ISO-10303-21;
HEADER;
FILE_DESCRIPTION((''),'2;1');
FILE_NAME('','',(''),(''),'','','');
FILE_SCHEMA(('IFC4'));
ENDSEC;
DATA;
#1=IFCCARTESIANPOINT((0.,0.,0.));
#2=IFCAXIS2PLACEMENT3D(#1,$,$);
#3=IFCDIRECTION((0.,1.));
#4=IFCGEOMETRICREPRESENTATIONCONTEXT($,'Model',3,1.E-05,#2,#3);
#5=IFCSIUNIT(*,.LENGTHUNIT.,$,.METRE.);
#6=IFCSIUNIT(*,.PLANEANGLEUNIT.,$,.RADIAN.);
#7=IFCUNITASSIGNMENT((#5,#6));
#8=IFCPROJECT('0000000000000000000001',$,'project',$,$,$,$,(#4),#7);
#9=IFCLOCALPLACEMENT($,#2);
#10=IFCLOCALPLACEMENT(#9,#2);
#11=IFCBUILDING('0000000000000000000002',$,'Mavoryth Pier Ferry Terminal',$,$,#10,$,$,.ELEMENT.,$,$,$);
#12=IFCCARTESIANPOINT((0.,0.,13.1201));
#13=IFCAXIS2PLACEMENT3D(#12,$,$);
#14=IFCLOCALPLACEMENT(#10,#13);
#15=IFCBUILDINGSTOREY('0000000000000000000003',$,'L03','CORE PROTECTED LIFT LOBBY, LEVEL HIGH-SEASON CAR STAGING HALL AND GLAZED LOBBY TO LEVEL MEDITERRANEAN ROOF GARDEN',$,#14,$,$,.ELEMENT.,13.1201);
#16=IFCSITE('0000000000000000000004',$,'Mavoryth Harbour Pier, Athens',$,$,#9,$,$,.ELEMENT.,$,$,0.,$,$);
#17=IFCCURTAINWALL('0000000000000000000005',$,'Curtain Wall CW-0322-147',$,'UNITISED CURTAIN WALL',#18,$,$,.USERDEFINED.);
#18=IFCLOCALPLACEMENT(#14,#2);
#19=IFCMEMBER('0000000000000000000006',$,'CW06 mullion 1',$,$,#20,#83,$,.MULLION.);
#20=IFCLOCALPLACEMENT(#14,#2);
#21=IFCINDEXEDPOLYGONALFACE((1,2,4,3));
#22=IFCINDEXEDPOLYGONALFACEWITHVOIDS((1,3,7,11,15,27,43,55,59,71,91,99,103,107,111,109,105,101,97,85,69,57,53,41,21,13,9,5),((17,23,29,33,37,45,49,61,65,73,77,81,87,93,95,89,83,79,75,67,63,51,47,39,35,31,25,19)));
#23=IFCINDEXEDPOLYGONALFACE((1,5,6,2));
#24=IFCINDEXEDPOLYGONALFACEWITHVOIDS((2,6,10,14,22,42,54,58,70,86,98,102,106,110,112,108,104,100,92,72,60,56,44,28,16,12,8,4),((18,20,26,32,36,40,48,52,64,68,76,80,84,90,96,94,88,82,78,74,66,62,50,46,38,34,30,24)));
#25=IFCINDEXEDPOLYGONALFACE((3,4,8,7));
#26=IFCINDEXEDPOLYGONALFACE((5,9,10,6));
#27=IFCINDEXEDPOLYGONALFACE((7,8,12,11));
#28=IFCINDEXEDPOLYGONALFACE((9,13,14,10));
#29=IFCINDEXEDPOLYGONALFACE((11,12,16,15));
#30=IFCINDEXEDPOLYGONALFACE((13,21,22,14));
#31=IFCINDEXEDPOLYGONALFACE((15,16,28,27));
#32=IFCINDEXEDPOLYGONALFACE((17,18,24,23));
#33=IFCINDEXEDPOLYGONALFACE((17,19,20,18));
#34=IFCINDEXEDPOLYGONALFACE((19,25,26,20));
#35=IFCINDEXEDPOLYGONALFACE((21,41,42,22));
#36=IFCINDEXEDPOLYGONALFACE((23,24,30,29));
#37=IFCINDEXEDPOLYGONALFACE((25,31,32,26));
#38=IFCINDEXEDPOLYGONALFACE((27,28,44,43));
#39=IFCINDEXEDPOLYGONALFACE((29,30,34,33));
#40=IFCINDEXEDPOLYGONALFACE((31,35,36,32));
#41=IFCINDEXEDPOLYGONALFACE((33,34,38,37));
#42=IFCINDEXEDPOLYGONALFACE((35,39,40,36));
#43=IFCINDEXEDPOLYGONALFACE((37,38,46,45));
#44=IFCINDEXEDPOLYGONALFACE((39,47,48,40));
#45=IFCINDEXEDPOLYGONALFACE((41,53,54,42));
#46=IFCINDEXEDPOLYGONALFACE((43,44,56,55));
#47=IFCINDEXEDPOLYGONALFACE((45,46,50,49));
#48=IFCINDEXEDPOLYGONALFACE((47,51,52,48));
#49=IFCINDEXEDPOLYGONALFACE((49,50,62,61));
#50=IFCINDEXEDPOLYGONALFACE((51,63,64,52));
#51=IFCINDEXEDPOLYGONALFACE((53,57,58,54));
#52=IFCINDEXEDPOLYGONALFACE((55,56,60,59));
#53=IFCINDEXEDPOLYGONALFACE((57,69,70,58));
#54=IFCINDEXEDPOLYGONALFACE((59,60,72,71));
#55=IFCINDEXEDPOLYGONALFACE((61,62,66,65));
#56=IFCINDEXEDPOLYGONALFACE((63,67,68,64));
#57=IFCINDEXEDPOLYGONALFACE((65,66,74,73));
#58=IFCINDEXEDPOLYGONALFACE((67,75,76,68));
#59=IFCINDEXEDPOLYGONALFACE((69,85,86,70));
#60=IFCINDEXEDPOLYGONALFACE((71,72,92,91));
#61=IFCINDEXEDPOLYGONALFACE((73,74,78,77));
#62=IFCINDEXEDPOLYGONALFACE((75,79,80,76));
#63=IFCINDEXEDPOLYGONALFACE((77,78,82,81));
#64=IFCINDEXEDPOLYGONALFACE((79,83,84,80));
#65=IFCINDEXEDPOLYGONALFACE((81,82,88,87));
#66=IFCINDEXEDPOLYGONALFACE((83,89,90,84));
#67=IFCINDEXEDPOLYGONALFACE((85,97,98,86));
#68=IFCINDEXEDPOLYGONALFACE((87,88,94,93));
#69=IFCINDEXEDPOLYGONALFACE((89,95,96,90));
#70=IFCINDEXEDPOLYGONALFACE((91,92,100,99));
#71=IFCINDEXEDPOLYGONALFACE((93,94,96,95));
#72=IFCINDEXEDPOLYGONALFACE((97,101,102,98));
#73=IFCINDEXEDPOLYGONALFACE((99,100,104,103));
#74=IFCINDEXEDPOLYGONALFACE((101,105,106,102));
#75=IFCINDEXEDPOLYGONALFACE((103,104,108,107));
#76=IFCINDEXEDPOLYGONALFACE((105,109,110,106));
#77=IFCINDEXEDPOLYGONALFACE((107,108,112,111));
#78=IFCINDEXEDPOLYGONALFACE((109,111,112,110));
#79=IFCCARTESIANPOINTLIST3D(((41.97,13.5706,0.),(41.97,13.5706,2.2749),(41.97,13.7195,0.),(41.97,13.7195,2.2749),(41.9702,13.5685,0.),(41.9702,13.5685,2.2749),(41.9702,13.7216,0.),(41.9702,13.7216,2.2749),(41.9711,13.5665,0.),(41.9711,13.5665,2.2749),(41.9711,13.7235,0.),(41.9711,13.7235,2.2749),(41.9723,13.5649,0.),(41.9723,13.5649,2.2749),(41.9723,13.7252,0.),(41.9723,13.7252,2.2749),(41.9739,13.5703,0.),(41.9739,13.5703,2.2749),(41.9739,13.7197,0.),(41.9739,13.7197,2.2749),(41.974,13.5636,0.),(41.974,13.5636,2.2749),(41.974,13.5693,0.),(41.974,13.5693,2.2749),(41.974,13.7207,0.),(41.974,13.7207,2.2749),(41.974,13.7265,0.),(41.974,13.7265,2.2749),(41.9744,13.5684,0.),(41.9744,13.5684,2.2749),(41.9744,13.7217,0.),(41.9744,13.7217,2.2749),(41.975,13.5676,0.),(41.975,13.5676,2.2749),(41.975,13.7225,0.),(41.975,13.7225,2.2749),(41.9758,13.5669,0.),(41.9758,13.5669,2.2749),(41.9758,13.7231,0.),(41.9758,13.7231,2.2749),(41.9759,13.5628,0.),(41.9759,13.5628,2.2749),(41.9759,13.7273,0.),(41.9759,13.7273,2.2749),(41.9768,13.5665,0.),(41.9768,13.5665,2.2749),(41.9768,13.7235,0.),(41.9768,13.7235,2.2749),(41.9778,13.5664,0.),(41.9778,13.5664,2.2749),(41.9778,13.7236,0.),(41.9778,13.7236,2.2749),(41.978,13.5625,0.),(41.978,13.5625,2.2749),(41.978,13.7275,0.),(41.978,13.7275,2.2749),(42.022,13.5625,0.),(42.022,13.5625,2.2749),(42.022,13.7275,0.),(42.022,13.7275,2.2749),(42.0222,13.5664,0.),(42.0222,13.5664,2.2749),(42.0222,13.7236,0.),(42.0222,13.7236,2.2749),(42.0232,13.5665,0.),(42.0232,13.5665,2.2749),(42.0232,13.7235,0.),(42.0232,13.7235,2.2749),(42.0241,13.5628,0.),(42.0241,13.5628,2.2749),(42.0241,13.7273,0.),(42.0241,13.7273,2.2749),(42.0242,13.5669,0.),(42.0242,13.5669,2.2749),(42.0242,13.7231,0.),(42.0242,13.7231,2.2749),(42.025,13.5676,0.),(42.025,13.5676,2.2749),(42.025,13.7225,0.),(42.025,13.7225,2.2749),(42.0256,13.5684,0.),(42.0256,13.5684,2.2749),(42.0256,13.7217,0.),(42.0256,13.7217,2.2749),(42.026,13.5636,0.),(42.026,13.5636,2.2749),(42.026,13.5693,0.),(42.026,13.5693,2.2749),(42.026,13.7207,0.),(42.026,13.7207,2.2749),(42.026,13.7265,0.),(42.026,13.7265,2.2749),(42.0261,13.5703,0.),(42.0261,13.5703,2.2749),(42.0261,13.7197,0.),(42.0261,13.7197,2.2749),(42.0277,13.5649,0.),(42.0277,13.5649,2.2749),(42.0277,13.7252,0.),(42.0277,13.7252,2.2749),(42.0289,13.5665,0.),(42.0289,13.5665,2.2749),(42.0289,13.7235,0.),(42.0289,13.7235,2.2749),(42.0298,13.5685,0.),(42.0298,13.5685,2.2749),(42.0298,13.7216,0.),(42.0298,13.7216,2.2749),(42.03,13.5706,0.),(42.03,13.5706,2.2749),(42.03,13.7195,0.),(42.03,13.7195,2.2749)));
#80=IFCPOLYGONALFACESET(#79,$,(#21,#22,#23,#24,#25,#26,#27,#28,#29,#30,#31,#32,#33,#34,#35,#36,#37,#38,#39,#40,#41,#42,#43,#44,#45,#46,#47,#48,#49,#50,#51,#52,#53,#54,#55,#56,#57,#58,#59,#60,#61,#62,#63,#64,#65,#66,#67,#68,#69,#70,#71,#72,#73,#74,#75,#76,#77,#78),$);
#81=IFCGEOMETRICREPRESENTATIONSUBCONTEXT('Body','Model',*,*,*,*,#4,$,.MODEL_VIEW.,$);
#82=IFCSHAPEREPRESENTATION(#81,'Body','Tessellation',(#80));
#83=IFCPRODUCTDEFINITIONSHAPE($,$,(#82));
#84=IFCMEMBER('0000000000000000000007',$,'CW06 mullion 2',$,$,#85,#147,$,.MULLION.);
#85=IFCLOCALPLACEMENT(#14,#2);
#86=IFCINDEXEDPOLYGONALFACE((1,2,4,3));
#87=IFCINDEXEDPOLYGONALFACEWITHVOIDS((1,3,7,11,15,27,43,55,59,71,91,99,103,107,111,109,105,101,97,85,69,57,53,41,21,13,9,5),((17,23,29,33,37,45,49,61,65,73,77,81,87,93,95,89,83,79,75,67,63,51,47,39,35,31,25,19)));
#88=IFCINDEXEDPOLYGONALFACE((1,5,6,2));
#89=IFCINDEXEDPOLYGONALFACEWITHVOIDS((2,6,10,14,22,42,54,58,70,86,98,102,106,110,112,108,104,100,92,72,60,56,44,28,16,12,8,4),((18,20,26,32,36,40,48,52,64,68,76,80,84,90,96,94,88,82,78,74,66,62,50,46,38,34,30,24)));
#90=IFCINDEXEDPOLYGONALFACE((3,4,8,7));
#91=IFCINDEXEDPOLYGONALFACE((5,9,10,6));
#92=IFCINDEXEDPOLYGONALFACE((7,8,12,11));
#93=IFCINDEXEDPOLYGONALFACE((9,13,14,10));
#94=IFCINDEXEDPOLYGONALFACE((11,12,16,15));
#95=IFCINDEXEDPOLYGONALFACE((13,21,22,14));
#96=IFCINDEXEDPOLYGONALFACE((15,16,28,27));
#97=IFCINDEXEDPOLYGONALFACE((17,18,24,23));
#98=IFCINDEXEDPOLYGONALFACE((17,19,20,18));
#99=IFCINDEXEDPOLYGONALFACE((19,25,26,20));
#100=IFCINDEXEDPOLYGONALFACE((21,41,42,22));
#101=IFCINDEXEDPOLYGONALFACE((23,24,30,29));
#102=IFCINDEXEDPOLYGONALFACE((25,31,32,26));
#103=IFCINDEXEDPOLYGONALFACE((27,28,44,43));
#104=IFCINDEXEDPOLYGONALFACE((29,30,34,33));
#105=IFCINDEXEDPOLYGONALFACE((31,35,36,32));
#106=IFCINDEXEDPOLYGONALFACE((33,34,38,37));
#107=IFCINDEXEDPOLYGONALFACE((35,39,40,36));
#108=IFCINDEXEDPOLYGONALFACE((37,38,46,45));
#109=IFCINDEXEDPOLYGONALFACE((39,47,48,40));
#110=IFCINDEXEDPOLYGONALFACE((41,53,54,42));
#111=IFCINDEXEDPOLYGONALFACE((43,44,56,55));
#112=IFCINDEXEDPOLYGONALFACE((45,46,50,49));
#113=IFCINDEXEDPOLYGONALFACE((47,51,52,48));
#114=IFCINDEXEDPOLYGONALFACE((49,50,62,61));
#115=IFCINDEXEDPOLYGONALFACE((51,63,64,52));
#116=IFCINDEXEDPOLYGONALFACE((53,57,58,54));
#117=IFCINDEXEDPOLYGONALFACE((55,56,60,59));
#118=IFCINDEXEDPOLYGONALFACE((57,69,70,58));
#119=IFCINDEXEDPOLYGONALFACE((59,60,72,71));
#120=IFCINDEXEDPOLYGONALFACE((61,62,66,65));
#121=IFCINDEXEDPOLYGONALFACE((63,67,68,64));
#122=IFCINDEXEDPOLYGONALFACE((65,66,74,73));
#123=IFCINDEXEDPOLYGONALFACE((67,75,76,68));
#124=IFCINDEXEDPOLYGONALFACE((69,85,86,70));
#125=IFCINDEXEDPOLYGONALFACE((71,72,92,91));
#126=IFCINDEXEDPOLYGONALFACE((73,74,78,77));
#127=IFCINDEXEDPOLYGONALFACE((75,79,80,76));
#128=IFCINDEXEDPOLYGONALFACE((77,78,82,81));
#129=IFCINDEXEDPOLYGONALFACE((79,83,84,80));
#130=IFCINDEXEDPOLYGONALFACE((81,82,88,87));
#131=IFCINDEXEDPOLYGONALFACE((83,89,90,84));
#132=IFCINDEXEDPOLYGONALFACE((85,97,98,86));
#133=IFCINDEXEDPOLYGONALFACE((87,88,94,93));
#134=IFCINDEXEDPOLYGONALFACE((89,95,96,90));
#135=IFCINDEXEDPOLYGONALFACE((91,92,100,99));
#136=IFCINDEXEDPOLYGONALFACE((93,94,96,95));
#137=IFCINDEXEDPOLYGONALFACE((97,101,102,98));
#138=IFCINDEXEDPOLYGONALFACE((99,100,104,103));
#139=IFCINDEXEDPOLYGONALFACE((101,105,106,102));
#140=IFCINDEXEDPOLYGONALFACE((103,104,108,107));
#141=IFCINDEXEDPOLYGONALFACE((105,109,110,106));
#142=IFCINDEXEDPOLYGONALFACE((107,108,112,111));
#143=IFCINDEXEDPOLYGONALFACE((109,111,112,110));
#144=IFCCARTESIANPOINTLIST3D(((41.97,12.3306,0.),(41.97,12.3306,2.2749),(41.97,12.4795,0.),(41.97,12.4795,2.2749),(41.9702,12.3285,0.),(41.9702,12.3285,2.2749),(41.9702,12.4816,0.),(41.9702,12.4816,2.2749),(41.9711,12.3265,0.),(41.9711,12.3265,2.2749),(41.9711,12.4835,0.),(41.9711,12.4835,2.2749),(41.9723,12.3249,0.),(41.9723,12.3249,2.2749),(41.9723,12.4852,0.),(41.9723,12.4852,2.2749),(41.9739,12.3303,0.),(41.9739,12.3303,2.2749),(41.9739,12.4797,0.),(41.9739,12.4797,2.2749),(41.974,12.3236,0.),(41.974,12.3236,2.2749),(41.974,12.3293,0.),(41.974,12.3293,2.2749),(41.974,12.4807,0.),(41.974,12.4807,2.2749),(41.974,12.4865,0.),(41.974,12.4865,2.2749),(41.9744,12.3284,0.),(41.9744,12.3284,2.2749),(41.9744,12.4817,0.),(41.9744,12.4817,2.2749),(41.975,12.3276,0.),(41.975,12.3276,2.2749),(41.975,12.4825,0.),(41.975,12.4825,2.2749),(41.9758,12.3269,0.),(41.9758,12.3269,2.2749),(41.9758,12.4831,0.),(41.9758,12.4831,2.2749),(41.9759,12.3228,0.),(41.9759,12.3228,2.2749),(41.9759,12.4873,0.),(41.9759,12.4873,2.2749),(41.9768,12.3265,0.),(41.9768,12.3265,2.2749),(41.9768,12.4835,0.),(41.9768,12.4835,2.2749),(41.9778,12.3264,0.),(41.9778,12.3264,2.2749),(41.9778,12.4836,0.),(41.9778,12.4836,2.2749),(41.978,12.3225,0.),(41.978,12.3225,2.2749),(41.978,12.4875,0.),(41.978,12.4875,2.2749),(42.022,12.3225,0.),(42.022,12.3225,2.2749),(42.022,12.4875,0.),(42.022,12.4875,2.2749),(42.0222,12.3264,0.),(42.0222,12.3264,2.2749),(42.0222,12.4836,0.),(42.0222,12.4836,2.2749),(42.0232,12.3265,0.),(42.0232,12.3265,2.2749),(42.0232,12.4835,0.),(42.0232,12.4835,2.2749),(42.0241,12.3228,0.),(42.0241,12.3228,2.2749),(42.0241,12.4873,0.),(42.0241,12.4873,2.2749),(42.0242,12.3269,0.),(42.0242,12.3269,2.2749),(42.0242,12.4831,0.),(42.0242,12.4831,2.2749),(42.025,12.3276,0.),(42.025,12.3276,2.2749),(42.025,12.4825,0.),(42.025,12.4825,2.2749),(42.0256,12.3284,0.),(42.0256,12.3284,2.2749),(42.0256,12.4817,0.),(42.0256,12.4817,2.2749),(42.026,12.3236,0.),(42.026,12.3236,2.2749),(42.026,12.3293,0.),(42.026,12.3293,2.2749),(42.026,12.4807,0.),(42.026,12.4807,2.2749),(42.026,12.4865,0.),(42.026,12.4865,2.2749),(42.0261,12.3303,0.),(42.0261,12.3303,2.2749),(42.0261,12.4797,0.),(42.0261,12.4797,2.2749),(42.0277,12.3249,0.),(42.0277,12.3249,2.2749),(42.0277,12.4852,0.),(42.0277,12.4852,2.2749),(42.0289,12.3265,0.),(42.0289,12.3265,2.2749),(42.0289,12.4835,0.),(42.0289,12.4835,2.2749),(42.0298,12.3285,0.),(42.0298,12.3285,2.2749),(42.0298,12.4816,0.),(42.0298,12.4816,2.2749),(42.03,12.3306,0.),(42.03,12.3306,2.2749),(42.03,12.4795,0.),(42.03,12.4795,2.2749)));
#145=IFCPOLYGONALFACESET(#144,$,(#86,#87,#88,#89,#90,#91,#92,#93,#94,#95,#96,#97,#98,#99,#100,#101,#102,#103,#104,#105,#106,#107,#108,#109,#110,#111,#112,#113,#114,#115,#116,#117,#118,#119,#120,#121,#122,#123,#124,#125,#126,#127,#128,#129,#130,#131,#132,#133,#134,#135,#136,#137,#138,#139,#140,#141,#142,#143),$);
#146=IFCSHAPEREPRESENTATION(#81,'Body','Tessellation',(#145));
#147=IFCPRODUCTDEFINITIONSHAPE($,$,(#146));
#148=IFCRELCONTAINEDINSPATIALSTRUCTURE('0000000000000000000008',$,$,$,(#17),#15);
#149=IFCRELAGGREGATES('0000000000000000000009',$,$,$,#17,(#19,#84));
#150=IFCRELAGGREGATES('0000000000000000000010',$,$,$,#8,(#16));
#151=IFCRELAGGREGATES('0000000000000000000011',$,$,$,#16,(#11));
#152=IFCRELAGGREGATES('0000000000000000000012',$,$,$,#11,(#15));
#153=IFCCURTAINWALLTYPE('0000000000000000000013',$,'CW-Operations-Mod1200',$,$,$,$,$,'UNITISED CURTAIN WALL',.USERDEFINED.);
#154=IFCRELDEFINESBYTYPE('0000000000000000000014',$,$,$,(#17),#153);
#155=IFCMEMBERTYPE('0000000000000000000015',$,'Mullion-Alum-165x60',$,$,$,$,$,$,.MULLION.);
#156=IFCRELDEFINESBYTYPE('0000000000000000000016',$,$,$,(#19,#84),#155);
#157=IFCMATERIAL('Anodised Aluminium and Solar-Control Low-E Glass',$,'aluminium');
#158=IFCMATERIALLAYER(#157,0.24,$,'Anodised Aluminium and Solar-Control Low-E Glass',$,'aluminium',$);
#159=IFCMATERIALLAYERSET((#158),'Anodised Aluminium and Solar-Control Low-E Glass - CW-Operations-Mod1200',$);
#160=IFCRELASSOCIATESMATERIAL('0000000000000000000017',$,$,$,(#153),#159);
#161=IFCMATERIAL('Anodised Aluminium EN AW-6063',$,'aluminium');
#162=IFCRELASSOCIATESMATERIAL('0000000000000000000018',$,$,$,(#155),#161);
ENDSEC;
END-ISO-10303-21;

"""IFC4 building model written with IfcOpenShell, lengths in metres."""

from ifc_helpers import new_model, si_unit, direction, frame, origin, origin_2d, place, context, subcontext, project, spatial, hollow_rectangle, extrude, material, layer, layer_set, material_profile, profile_set, type_object, element, aggregate, save


model = new_model("IFC4")

# Units and contexts
model_context = context("Model", 3, precision=1e-05, world=origin(), true_north=direction((0.0, 1.0)))
body_context = subcontext(model_context, "Body", "Model", "MODEL_VIEW")
ifc_project = project(units=[si_unit("LENGTHUNIT", "METRE"), si_unit("PLANEANGLEUNIT", "RADIAN")], contexts=[model_context])

# Site, building, storey
site_placement = place(None, origin())
site = spatial("IfcSite", under=ifc_project, at=site_placement, Name="Mavoryth Harbour Pier, Athens", CompositionType="ELEMENT", RefElevation=0.0)
building_placement = place(site_placement, origin())
building = spatial("IfcBuilding", under=site, at=building_placement, Name="Mavoryth Pier Ferry Terminal", CompositionType="ELEMENT")
storey_placement = place(building_placement, frame((0.0, 0.0, 13.1201)))
storey = spatial("IfcBuildingStorey", under=building, at=storey_placement, Name="L03", Description="CORE PROTECTED LIFT LOBBY, LEVEL HIGH-SEASON CAR STAGING HALL AND GLAZED LOBBY TO LEVEL MEDITERRANEAN ROOF GARDEN", CompositionType="ELEMENT", Elevation=13.1201)

# Curtain wall, members
ifc_material_1 = material(Name="Anodised Aluminium and Solar-Control Low-E Glass", Category="aluminium")
ifc_layer_1 = layer(ifc_material_1, 0.24, Name="Anodised Aluminium and Solar-Control Low-E Glass", Category="aluminium")
ifc_layer_set_1 = layer_set([ifc_layer_1], Name="Anodised Aluminium and Solar-Control Low-E Glass - CW-Operations-Mod1200")
curtain_wall_type = type_object("IfcCurtainWallType", Name="CW-Operations-Mod1200", ElementType="UNITISED CURTAIN WALL", PredefinedType="USERDEFINED", material=ifc_layer_set_1)
curtain_wall_1_placement = place(storey_placement, origin())
curtain_wall_1 = element("IfcCurtainWall", 1, at=curtain_wall_1_placement, inside=storey, type_object=curtain_wall_type, Name="Curtain Wall CW-0322-147", ObjectType="UNITISED CURTAIN WALL", PredefinedType="USERDEFINED")
ifc_material_2 = material(Name="Anodised Aluminium EN AW-6063", Category="aluminium")
ifc_material_profile_1 = material_profile(ifc_material_2, hollow_rectangle(XDim=0.0601, YDim=0.165, WallThickness=0.0039, InnerFilletRadius=0.0039, OuterFilletRadius=0.0081, at=origin_2d()), Name="AL-MULL 165x60x4", Category="aluminium")
ifc_profile_set_1 = profile_set([ifc_material_profile_1], Name="Anodised Aluminium EN AW-6063 - AL-MULL 165x60x4")
member_type_1 = type_object("IfcMemberType", Name="Mullion-Alum-165x60", PredefinedType="MULLION", material=ifc_profile_set_1)
member_1_placement = place(storey_placement, frame((42.0, 13.645, 0.0), z_axis=(0.0, 0.0, 1.0), x_axis=(1.0, 0.0, 0.0)))
member_1 = element("IfcMember", 2, at=member_1_placement, type_object=member_type_1, Name="CW06 mullion 1", PredefinedType="MULLION", context=body_context, shape_type="SweptSolid", body=[
    extrude(hollow_rectangle(XDim=0.0601, YDim=0.165, WallThickness=0.0039, InnerFilletRadius=0.0039, OuterFilletRadius=0.0081, at=origin_2d()), origin(), (0.0, 0.0, 1.0), 2.2749),
])
member_2_placement = place(storey_placement, frame((42.0, 12.405, 0.0), z_axis=(0.0, 0.0, 1.0), x_axis=(1.0, 0.0, 0.0)))
member_2 = element("IfcMember", 3, at=member_2_placement, type_object=member_type_1, Name="CW06 mullion 2", PredefinedType="MULLION", context=body_context, shape_type="SweptSolid", body=[
    extrude(hollow_rectangle(XDim=0.0601, YDim=0.165, WallThickness=0.0039, InnerFilletRadius=0.0039, OuterFilletRadius=0.0081, at=origin_2d()), origin(), (0.0, 0.0, 1.0), 2.2749),
])
aggregate(curtain_wall_1, [member_1, member_2])

save(model, "model.ifc")
